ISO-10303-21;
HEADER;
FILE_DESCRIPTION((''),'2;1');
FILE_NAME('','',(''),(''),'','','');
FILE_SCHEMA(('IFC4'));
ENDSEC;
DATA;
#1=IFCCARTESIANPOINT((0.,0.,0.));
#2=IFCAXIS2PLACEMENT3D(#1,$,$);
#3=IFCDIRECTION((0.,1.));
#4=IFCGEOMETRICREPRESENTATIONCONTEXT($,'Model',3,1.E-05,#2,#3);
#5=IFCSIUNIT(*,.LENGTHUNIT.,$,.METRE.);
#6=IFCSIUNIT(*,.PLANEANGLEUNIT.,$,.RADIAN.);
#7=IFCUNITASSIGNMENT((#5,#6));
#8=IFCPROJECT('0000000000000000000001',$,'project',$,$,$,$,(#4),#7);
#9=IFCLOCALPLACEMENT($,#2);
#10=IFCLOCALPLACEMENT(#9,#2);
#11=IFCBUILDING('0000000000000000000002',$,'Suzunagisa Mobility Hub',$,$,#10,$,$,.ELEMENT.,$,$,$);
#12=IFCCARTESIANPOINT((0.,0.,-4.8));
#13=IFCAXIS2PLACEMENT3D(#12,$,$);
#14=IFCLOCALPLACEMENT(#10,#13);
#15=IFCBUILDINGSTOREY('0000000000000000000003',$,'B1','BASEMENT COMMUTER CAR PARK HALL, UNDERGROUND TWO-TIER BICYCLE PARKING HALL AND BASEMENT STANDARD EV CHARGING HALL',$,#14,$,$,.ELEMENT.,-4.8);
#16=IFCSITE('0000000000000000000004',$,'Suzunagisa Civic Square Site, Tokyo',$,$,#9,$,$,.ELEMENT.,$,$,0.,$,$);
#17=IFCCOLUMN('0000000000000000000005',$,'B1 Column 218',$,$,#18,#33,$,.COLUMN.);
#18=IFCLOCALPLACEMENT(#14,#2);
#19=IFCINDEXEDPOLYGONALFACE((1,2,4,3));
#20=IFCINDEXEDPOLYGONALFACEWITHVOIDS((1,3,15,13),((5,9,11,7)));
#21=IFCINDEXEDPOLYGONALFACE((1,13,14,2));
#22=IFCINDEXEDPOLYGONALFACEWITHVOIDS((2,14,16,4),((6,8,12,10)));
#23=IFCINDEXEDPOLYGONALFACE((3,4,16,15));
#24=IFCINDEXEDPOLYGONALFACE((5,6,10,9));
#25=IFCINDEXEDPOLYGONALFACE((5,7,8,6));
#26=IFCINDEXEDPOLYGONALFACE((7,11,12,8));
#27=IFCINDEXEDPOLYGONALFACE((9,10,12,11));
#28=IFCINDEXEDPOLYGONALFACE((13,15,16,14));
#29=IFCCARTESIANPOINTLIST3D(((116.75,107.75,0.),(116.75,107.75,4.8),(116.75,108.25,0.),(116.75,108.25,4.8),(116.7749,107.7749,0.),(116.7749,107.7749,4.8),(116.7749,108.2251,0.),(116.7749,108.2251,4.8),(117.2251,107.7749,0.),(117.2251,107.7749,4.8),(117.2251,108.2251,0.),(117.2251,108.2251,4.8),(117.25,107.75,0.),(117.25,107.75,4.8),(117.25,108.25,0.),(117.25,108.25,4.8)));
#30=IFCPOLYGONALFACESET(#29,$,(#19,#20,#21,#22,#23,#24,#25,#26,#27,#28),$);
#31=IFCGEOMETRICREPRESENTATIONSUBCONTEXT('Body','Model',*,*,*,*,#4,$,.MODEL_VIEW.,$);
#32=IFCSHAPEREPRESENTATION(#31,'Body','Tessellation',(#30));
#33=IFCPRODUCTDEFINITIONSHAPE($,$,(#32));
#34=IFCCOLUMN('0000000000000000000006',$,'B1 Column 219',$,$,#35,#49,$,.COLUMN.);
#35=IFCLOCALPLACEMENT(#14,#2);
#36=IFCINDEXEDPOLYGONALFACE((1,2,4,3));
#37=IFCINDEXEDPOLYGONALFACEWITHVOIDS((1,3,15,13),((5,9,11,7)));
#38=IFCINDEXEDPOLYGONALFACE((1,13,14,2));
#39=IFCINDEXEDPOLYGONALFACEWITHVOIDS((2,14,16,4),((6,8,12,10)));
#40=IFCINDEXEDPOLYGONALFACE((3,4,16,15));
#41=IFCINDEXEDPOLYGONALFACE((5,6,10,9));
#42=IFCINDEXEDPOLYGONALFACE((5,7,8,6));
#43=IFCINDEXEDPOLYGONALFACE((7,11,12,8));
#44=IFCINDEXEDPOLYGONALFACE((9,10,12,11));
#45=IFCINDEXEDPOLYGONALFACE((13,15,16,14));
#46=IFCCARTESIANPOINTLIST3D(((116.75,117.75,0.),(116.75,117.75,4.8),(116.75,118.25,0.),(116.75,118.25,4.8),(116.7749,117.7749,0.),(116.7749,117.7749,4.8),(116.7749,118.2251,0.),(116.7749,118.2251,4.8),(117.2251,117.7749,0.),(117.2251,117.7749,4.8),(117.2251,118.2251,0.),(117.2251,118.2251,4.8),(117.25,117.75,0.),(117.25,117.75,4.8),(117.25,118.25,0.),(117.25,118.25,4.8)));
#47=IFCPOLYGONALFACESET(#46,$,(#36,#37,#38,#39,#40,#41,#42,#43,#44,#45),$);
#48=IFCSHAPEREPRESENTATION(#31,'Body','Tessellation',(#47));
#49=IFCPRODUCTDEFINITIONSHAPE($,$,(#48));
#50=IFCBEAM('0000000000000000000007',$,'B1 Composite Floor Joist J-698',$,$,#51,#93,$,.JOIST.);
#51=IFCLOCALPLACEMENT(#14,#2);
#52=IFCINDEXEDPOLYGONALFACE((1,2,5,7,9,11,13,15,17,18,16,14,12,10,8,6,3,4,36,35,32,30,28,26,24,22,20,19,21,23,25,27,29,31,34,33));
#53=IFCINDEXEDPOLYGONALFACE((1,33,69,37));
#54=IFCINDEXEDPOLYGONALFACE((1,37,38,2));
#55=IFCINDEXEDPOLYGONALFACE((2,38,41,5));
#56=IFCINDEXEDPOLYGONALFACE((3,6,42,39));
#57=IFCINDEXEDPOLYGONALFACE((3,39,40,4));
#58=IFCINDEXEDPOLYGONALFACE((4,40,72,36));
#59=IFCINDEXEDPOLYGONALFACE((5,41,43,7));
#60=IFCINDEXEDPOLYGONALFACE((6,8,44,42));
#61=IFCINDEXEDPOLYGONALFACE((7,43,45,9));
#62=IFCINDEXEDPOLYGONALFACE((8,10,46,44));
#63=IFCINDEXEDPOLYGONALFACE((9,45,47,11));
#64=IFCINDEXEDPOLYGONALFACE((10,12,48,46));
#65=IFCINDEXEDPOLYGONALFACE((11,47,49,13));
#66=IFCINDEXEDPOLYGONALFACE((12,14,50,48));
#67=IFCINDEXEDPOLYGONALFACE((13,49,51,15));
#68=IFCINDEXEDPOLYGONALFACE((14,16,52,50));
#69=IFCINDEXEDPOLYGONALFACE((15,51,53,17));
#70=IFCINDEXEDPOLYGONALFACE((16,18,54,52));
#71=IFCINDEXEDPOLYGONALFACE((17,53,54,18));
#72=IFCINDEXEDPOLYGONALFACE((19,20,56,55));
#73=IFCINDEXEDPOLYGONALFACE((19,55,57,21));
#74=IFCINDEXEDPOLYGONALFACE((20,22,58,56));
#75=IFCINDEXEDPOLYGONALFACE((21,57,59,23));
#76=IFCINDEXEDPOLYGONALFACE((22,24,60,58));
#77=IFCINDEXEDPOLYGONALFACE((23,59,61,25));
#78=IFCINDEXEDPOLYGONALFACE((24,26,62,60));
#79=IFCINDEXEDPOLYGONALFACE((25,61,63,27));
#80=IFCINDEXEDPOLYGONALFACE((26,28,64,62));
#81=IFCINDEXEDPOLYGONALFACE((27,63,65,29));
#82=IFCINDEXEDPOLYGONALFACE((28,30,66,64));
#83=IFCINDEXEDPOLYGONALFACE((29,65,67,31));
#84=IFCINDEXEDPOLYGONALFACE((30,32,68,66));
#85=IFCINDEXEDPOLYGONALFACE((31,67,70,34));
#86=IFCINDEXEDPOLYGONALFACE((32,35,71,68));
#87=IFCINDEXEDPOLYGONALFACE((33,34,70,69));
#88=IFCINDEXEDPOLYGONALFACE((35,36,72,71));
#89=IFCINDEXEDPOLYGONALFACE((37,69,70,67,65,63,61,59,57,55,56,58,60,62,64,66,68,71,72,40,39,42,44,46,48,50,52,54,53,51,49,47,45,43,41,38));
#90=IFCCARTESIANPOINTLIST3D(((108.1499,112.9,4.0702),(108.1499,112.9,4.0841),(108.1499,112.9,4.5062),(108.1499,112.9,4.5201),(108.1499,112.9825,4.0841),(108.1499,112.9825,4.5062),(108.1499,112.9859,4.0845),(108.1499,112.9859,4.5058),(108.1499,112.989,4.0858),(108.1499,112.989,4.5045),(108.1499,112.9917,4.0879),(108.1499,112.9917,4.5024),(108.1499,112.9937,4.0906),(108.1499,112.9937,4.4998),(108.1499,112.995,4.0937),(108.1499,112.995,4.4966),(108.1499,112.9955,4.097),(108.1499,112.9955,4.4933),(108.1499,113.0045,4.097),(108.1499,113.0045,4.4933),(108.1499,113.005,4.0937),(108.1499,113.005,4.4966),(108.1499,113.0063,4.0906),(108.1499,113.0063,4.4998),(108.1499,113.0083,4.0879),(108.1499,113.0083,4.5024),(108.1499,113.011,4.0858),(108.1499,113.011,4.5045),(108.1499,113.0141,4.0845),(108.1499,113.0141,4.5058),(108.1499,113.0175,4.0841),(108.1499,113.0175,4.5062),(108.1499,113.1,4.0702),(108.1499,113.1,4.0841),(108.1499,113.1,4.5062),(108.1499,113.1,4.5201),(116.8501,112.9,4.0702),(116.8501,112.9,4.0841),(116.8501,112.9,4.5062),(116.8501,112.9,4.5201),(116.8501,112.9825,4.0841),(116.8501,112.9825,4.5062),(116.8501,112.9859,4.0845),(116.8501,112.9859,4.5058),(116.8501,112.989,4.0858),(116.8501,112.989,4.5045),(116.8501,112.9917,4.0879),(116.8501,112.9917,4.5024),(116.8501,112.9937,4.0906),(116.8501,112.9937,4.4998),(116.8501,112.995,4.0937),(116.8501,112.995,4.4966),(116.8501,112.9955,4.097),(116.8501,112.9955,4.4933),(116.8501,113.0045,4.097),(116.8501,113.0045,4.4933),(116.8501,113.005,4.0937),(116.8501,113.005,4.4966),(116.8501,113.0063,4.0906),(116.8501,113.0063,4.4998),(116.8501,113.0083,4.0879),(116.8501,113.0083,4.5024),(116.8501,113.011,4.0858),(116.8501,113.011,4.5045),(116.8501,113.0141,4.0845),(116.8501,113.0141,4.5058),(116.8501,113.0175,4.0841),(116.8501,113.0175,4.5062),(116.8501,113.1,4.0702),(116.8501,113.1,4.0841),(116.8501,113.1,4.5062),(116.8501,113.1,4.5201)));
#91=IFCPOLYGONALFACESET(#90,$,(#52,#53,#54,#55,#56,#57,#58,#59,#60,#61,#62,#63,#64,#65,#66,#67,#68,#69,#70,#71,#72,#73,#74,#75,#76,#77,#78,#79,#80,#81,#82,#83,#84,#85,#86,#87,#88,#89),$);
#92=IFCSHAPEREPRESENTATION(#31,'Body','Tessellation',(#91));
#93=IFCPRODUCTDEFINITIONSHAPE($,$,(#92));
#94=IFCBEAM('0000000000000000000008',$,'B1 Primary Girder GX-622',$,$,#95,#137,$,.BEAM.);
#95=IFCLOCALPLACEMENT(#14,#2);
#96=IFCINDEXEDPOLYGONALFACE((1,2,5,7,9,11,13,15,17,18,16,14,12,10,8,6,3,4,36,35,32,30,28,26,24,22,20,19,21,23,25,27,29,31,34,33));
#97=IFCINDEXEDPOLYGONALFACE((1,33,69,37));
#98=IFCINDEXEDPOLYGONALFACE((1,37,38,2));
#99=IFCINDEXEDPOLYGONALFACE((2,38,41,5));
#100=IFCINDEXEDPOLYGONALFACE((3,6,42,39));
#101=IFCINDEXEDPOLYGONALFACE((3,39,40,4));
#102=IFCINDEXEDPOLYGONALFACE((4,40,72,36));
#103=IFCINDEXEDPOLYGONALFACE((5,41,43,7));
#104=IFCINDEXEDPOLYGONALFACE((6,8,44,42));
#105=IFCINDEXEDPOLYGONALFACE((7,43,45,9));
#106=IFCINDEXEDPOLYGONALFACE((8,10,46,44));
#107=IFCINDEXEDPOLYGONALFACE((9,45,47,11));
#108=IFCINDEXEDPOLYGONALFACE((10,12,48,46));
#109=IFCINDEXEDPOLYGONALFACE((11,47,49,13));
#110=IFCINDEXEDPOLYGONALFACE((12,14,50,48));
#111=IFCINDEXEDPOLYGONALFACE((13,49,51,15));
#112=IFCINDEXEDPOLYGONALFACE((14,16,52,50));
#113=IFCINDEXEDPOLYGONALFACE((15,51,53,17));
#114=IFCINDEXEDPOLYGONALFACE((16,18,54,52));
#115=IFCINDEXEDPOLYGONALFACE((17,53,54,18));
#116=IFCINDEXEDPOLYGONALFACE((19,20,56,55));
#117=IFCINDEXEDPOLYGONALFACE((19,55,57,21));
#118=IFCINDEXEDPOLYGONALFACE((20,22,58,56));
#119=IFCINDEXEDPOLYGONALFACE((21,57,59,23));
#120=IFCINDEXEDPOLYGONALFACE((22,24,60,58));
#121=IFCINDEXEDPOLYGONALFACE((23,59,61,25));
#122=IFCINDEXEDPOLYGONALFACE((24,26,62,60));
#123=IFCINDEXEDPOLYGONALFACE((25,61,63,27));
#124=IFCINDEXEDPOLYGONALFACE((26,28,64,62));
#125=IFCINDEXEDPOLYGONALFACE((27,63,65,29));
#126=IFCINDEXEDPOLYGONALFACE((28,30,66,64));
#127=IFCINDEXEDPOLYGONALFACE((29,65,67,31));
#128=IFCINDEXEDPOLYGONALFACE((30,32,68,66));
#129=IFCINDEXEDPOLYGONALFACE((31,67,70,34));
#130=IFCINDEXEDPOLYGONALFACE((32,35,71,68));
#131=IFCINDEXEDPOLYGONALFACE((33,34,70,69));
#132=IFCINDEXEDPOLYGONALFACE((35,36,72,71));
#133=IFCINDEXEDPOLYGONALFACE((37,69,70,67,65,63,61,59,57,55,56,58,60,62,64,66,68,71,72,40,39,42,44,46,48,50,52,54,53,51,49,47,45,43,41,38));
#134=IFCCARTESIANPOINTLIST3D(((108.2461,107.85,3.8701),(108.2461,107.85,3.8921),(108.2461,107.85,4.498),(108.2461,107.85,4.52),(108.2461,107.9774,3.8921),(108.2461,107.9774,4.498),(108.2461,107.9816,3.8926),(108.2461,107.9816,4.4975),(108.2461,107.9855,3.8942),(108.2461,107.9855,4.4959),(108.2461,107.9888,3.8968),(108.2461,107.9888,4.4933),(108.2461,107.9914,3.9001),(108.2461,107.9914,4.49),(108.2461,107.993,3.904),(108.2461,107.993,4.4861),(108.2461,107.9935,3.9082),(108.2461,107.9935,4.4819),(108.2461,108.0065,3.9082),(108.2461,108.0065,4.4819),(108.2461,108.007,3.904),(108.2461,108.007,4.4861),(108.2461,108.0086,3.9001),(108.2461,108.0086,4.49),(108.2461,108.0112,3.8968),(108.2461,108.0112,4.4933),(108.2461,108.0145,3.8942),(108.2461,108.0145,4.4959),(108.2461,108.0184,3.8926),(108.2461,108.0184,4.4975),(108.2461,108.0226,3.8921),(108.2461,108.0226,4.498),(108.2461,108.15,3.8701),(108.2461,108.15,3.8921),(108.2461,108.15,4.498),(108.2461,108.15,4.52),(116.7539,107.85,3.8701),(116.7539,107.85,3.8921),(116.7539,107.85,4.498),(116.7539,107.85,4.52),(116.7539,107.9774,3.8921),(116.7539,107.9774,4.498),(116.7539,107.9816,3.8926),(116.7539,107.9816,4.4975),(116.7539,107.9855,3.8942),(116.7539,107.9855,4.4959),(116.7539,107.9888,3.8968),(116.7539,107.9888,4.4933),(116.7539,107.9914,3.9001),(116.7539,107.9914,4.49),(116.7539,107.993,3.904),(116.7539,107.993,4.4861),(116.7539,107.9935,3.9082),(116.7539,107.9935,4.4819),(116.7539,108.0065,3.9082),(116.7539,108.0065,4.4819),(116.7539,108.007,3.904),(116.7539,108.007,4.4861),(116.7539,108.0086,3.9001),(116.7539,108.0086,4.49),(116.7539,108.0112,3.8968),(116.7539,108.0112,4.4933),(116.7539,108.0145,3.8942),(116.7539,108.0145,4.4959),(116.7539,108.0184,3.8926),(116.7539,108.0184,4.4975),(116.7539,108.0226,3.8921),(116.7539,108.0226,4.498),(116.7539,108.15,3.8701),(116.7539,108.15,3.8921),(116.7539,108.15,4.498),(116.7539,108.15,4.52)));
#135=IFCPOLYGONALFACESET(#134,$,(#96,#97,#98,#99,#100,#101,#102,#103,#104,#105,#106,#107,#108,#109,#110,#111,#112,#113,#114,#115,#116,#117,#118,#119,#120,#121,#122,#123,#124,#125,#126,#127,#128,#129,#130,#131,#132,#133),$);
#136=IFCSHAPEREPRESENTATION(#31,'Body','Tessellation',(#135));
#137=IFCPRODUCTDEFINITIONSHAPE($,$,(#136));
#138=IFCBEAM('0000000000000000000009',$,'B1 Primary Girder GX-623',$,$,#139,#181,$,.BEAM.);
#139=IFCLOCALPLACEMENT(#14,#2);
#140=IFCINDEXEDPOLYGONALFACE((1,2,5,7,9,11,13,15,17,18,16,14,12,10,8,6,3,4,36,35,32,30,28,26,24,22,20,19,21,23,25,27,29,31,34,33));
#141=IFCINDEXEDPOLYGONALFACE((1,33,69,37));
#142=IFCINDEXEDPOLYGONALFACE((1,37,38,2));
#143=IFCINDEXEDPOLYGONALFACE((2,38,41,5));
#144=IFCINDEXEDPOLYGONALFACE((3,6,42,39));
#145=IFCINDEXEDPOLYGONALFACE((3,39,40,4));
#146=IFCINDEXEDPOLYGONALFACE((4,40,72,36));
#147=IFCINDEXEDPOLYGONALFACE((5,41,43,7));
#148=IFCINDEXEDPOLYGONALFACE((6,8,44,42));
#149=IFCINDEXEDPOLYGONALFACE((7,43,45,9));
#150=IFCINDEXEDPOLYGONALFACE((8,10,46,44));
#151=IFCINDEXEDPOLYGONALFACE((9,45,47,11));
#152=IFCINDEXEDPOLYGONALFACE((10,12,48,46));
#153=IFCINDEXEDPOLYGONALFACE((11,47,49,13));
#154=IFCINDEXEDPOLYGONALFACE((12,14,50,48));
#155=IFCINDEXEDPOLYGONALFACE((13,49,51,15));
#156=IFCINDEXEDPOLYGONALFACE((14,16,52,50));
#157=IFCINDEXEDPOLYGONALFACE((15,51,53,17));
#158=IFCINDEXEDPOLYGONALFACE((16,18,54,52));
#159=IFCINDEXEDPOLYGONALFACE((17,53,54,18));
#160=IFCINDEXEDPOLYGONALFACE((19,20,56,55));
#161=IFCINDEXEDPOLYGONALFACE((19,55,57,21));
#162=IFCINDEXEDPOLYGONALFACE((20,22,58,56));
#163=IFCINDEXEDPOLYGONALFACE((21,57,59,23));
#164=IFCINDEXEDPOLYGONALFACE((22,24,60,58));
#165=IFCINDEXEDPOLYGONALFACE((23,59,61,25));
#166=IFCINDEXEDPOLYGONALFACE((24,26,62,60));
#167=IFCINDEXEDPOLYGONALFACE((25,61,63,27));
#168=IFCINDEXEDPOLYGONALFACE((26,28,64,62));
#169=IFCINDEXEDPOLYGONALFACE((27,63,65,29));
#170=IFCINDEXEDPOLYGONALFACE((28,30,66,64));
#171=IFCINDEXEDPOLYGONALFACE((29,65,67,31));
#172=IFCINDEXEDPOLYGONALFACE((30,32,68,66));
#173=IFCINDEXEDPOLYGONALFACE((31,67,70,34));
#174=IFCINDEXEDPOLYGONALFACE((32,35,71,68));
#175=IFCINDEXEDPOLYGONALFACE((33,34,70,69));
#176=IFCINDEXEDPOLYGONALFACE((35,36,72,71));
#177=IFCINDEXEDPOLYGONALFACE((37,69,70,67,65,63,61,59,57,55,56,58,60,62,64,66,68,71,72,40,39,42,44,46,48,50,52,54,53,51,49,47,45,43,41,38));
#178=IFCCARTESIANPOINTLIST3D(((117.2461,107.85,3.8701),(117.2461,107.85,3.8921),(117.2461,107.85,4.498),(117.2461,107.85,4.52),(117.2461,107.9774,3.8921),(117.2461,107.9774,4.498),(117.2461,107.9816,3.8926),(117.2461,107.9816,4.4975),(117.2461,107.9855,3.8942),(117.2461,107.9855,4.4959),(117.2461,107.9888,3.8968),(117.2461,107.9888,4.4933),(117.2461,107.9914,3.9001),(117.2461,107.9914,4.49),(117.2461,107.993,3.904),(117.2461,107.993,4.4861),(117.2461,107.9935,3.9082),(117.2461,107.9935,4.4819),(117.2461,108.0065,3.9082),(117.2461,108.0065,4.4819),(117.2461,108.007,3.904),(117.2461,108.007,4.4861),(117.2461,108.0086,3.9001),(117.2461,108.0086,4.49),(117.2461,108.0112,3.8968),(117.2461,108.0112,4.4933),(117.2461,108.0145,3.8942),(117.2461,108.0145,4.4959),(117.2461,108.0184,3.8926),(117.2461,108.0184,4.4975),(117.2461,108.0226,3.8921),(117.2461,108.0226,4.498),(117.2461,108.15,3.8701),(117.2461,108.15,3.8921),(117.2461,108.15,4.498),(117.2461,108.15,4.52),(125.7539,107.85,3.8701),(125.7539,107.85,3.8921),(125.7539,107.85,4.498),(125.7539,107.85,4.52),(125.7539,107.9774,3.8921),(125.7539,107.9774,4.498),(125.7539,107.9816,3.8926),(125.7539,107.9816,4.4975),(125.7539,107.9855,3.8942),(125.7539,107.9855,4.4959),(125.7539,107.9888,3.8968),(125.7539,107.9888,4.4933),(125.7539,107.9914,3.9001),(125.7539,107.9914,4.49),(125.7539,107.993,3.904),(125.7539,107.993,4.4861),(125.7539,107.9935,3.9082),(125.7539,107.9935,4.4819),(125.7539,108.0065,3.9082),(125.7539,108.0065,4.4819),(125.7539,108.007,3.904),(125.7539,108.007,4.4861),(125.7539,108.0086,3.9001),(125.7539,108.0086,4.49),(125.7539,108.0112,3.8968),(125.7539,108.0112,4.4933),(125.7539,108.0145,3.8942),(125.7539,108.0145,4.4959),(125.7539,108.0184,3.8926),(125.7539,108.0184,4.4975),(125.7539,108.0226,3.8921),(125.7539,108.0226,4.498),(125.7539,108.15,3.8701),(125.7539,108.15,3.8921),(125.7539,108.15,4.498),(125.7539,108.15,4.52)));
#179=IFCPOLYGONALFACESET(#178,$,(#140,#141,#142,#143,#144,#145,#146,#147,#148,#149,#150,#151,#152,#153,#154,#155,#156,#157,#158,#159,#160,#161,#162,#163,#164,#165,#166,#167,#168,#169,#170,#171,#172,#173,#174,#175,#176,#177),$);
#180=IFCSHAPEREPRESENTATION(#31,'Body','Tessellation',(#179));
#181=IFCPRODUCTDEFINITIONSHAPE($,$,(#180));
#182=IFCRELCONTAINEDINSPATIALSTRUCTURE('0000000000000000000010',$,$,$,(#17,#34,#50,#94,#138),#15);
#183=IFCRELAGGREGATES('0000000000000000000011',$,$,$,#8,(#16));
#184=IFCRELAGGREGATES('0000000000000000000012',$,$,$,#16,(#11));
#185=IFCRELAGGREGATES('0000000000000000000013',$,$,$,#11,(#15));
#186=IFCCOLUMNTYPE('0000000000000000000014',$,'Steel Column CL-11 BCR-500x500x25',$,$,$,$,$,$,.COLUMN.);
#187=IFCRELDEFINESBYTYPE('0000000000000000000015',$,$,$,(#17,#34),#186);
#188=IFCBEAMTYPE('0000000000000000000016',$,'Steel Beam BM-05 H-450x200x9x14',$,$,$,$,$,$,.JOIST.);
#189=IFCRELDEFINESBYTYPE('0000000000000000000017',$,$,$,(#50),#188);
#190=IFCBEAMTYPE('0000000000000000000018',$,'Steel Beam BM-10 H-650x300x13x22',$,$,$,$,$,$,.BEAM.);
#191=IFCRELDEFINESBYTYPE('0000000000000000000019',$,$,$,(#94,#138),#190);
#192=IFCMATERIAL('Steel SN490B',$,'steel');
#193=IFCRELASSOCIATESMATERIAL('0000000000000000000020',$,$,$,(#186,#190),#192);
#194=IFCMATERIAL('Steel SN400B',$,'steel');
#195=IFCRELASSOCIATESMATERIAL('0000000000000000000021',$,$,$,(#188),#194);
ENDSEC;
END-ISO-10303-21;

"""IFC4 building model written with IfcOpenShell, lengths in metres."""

from ifc_helpers import new_model, si_unit, direction, frame, origin, origin_2d, place, context, subcontext, project, spatial, hollow_rectangle, i_section, extrude, material, material_profile, profile_set, type_object, element, save


model = new_model("IFC4")

# Units and contexts
model_context = context("Model", 3, precision=1e-05, world=origin(), true_north=direction((0.0, 1.0)))
body_context = subcontext(model_context, "Body", "Model", "MODEL_VIEW")
ifc_project = project(units=[si_unit("LENGTHUNIT", "METRE"), si_unit("PLANEANGLEUNIT", "RADIAN")], contexts=[model_context])

# Site, building, storey
site_placement = place(None, origin())
site = spatial("IfcSite", under=ifc_project, at=site_placement, Name="Suzunagisa Civic Square Site, Tokyo", CompositionType="ELEMENT", RefElevation=0.0)
building_placement = place(site_placement, origin())
building = spatial("IfcBuilding", under=site, at=building_placement, Name="Suzunagisa Mobility Hub", CompositionType="ELEMENT")
storey_placement = place(building_placement, frame((0.0, 0.0, -4.8)))
storey = spatial("IfcBuildingStorey", under=building, at=storey_placement, Name="B1", Description="BASEMENT COMMUTER CAR PARK HALL, UNDERGROUND TWO-TIER BICYCLE PARKING HALL AND BASEMENT STANDARD EV CHARGING HALL", CompositionType="ELEMENT", Elevation=-4.8)

# Columns
ifc_material_1 = material(Name="Steel SN490B", Category="steel")
ifc_material_profile_1 = material_profile(ifc_material_1, hollow_rectangle(XDim=0.5, YDim=0.5, WallThickness=0.0249, at=origin_2d()), Name="BCR-500x500x25")
ifc_profile_set_1 = profile_set([ifc_material_profile_1], Name="Steel SN490B")
column_type = type_object("IfcColumnType", Name="Steel Column CL-11 BCR-500x500x25", PredefinedType="COLUMN", material=ifc_profile_set_1)
for number, where, z_axis, x_axis, name in (
    (1, (117.0, 108.0, 0.0), (0.0, 0.0, 1.0), (1.0, 0.0, 0.0), "B1 Column 218"),
    (2, (117.0, 118.0, 0.0), (0.0, 0.0, 1.0), (1.0, 0.0, 0.0), "B1 Column 219"),
):
    element("IfcColumn", number, at=place(storey_placement, frame(where, z_axis=z_axis, x_axis=x_axis)), inside=storey, type_object=column_type, Name=name, PredefinedType="COLUMN", context=body_context, shape_type="SweptSolid", body=[
        extrude(hollow_rectangle(XDim=0.5, YDim=0.5, WallThickness=0.0249, at=origin_2d()), origin(), (0.0, 0.0, 1.0), 4.8),
    ])

# Beams
ifc_material_2 = material(Name="Steel SN400B", Category="steel")
ifc_material_profile_2 = material_profile(ifc_material_2, i_section(OverallWidth=0.2, OverallDepth=0.45, WebThickness=0.009, FlangeThickness=0.0139, FilletRadius=0.0129, at=origin_2d()), Name="H-450x200x9x14")
ifc_profile_set_2 = profile_set([ifc_material_profile_2], Name="Steel SN400B")
beam_type_1 = type_object("IfcBeamType", Name="Steel Beam BM-05 H-450x200x9x14", PredefinedType="JOIST", material=ifc_profile_set_2)
beam_1_placement = place(storey_placement, frame((108.1499, 113.0, 4.2952), z_axis=(1.0, 0.0, 0.0), x_axis=(0.0, 1.0, 0.0)))
element("IfcBeam", 3, at=beam_1_placement, inside=storey, type_object=beam_type_1, Name="B1 Composite Floor Joist J-698", PredefinedType="JOIST", context=body_context, shape_type="SweptSolid", body=[
    extrude(i_section(OverallWidth=0.2, OverallDepth=0.45, WebThickness=0.009, FlangeThickness=0.0139, FilletRadius=0.0129, at=origin_2d()), origin(), (0.0, 0.0, 1.0), 8.7002),
])
ifc_material_profile_3 = material_profile(ifc_material_1, i_section(OverallWidth=0.3, OverallDepth=0.6499, WebThickness=0.0129, FlangeThickness=0.022, FilletRadius=0.0161, at=origin_2d()), Name="H-650x300x13x22")
ifc_profile_set_3 = profile_set([ifc_material_profile_3], Name="Steel SN490B")
beam_type_2 = type_object("IfcBeamType", Name="Steel Beam BM-10 H-650x300x13x22", PredefinedType="BEAM", material=ifc_profile_set_3)
for number, where, z_axis, x_axis, name in (
    (4, (108.2461, 108.0, 4.1951), (1.0, 0.0, 0.0), (0.0, 1.0, 0.0), "B1 Primary Girder GX-622"),
    (5, (117.2461, 108.0, 4.1951), (1.0, 0.0, 0.0), (0.0, 1.0, 0.0), "B1 Primary Girder GX-623"),
):
    element("IfcBeam", number, at=place(storey_placement, frame(where, z_axis=z_axis, x_axis=x_axis)), inside=storey, type_object=beam_type_2, Name=name, PredefinedType="BEAM", context=body_context, shape_type="SweptSolid", body=[
        extrude(i_section(OverallWidth=0.3, OverallDepth=0.6499, WebThickness=0.0129, FlangeThickness=0.022, FilletRadius=0.0161, at=origin_2d()), origin(), (0.0, 0.0, 1.0), 8.5078),
    ])

save(model, "model.ifc")
